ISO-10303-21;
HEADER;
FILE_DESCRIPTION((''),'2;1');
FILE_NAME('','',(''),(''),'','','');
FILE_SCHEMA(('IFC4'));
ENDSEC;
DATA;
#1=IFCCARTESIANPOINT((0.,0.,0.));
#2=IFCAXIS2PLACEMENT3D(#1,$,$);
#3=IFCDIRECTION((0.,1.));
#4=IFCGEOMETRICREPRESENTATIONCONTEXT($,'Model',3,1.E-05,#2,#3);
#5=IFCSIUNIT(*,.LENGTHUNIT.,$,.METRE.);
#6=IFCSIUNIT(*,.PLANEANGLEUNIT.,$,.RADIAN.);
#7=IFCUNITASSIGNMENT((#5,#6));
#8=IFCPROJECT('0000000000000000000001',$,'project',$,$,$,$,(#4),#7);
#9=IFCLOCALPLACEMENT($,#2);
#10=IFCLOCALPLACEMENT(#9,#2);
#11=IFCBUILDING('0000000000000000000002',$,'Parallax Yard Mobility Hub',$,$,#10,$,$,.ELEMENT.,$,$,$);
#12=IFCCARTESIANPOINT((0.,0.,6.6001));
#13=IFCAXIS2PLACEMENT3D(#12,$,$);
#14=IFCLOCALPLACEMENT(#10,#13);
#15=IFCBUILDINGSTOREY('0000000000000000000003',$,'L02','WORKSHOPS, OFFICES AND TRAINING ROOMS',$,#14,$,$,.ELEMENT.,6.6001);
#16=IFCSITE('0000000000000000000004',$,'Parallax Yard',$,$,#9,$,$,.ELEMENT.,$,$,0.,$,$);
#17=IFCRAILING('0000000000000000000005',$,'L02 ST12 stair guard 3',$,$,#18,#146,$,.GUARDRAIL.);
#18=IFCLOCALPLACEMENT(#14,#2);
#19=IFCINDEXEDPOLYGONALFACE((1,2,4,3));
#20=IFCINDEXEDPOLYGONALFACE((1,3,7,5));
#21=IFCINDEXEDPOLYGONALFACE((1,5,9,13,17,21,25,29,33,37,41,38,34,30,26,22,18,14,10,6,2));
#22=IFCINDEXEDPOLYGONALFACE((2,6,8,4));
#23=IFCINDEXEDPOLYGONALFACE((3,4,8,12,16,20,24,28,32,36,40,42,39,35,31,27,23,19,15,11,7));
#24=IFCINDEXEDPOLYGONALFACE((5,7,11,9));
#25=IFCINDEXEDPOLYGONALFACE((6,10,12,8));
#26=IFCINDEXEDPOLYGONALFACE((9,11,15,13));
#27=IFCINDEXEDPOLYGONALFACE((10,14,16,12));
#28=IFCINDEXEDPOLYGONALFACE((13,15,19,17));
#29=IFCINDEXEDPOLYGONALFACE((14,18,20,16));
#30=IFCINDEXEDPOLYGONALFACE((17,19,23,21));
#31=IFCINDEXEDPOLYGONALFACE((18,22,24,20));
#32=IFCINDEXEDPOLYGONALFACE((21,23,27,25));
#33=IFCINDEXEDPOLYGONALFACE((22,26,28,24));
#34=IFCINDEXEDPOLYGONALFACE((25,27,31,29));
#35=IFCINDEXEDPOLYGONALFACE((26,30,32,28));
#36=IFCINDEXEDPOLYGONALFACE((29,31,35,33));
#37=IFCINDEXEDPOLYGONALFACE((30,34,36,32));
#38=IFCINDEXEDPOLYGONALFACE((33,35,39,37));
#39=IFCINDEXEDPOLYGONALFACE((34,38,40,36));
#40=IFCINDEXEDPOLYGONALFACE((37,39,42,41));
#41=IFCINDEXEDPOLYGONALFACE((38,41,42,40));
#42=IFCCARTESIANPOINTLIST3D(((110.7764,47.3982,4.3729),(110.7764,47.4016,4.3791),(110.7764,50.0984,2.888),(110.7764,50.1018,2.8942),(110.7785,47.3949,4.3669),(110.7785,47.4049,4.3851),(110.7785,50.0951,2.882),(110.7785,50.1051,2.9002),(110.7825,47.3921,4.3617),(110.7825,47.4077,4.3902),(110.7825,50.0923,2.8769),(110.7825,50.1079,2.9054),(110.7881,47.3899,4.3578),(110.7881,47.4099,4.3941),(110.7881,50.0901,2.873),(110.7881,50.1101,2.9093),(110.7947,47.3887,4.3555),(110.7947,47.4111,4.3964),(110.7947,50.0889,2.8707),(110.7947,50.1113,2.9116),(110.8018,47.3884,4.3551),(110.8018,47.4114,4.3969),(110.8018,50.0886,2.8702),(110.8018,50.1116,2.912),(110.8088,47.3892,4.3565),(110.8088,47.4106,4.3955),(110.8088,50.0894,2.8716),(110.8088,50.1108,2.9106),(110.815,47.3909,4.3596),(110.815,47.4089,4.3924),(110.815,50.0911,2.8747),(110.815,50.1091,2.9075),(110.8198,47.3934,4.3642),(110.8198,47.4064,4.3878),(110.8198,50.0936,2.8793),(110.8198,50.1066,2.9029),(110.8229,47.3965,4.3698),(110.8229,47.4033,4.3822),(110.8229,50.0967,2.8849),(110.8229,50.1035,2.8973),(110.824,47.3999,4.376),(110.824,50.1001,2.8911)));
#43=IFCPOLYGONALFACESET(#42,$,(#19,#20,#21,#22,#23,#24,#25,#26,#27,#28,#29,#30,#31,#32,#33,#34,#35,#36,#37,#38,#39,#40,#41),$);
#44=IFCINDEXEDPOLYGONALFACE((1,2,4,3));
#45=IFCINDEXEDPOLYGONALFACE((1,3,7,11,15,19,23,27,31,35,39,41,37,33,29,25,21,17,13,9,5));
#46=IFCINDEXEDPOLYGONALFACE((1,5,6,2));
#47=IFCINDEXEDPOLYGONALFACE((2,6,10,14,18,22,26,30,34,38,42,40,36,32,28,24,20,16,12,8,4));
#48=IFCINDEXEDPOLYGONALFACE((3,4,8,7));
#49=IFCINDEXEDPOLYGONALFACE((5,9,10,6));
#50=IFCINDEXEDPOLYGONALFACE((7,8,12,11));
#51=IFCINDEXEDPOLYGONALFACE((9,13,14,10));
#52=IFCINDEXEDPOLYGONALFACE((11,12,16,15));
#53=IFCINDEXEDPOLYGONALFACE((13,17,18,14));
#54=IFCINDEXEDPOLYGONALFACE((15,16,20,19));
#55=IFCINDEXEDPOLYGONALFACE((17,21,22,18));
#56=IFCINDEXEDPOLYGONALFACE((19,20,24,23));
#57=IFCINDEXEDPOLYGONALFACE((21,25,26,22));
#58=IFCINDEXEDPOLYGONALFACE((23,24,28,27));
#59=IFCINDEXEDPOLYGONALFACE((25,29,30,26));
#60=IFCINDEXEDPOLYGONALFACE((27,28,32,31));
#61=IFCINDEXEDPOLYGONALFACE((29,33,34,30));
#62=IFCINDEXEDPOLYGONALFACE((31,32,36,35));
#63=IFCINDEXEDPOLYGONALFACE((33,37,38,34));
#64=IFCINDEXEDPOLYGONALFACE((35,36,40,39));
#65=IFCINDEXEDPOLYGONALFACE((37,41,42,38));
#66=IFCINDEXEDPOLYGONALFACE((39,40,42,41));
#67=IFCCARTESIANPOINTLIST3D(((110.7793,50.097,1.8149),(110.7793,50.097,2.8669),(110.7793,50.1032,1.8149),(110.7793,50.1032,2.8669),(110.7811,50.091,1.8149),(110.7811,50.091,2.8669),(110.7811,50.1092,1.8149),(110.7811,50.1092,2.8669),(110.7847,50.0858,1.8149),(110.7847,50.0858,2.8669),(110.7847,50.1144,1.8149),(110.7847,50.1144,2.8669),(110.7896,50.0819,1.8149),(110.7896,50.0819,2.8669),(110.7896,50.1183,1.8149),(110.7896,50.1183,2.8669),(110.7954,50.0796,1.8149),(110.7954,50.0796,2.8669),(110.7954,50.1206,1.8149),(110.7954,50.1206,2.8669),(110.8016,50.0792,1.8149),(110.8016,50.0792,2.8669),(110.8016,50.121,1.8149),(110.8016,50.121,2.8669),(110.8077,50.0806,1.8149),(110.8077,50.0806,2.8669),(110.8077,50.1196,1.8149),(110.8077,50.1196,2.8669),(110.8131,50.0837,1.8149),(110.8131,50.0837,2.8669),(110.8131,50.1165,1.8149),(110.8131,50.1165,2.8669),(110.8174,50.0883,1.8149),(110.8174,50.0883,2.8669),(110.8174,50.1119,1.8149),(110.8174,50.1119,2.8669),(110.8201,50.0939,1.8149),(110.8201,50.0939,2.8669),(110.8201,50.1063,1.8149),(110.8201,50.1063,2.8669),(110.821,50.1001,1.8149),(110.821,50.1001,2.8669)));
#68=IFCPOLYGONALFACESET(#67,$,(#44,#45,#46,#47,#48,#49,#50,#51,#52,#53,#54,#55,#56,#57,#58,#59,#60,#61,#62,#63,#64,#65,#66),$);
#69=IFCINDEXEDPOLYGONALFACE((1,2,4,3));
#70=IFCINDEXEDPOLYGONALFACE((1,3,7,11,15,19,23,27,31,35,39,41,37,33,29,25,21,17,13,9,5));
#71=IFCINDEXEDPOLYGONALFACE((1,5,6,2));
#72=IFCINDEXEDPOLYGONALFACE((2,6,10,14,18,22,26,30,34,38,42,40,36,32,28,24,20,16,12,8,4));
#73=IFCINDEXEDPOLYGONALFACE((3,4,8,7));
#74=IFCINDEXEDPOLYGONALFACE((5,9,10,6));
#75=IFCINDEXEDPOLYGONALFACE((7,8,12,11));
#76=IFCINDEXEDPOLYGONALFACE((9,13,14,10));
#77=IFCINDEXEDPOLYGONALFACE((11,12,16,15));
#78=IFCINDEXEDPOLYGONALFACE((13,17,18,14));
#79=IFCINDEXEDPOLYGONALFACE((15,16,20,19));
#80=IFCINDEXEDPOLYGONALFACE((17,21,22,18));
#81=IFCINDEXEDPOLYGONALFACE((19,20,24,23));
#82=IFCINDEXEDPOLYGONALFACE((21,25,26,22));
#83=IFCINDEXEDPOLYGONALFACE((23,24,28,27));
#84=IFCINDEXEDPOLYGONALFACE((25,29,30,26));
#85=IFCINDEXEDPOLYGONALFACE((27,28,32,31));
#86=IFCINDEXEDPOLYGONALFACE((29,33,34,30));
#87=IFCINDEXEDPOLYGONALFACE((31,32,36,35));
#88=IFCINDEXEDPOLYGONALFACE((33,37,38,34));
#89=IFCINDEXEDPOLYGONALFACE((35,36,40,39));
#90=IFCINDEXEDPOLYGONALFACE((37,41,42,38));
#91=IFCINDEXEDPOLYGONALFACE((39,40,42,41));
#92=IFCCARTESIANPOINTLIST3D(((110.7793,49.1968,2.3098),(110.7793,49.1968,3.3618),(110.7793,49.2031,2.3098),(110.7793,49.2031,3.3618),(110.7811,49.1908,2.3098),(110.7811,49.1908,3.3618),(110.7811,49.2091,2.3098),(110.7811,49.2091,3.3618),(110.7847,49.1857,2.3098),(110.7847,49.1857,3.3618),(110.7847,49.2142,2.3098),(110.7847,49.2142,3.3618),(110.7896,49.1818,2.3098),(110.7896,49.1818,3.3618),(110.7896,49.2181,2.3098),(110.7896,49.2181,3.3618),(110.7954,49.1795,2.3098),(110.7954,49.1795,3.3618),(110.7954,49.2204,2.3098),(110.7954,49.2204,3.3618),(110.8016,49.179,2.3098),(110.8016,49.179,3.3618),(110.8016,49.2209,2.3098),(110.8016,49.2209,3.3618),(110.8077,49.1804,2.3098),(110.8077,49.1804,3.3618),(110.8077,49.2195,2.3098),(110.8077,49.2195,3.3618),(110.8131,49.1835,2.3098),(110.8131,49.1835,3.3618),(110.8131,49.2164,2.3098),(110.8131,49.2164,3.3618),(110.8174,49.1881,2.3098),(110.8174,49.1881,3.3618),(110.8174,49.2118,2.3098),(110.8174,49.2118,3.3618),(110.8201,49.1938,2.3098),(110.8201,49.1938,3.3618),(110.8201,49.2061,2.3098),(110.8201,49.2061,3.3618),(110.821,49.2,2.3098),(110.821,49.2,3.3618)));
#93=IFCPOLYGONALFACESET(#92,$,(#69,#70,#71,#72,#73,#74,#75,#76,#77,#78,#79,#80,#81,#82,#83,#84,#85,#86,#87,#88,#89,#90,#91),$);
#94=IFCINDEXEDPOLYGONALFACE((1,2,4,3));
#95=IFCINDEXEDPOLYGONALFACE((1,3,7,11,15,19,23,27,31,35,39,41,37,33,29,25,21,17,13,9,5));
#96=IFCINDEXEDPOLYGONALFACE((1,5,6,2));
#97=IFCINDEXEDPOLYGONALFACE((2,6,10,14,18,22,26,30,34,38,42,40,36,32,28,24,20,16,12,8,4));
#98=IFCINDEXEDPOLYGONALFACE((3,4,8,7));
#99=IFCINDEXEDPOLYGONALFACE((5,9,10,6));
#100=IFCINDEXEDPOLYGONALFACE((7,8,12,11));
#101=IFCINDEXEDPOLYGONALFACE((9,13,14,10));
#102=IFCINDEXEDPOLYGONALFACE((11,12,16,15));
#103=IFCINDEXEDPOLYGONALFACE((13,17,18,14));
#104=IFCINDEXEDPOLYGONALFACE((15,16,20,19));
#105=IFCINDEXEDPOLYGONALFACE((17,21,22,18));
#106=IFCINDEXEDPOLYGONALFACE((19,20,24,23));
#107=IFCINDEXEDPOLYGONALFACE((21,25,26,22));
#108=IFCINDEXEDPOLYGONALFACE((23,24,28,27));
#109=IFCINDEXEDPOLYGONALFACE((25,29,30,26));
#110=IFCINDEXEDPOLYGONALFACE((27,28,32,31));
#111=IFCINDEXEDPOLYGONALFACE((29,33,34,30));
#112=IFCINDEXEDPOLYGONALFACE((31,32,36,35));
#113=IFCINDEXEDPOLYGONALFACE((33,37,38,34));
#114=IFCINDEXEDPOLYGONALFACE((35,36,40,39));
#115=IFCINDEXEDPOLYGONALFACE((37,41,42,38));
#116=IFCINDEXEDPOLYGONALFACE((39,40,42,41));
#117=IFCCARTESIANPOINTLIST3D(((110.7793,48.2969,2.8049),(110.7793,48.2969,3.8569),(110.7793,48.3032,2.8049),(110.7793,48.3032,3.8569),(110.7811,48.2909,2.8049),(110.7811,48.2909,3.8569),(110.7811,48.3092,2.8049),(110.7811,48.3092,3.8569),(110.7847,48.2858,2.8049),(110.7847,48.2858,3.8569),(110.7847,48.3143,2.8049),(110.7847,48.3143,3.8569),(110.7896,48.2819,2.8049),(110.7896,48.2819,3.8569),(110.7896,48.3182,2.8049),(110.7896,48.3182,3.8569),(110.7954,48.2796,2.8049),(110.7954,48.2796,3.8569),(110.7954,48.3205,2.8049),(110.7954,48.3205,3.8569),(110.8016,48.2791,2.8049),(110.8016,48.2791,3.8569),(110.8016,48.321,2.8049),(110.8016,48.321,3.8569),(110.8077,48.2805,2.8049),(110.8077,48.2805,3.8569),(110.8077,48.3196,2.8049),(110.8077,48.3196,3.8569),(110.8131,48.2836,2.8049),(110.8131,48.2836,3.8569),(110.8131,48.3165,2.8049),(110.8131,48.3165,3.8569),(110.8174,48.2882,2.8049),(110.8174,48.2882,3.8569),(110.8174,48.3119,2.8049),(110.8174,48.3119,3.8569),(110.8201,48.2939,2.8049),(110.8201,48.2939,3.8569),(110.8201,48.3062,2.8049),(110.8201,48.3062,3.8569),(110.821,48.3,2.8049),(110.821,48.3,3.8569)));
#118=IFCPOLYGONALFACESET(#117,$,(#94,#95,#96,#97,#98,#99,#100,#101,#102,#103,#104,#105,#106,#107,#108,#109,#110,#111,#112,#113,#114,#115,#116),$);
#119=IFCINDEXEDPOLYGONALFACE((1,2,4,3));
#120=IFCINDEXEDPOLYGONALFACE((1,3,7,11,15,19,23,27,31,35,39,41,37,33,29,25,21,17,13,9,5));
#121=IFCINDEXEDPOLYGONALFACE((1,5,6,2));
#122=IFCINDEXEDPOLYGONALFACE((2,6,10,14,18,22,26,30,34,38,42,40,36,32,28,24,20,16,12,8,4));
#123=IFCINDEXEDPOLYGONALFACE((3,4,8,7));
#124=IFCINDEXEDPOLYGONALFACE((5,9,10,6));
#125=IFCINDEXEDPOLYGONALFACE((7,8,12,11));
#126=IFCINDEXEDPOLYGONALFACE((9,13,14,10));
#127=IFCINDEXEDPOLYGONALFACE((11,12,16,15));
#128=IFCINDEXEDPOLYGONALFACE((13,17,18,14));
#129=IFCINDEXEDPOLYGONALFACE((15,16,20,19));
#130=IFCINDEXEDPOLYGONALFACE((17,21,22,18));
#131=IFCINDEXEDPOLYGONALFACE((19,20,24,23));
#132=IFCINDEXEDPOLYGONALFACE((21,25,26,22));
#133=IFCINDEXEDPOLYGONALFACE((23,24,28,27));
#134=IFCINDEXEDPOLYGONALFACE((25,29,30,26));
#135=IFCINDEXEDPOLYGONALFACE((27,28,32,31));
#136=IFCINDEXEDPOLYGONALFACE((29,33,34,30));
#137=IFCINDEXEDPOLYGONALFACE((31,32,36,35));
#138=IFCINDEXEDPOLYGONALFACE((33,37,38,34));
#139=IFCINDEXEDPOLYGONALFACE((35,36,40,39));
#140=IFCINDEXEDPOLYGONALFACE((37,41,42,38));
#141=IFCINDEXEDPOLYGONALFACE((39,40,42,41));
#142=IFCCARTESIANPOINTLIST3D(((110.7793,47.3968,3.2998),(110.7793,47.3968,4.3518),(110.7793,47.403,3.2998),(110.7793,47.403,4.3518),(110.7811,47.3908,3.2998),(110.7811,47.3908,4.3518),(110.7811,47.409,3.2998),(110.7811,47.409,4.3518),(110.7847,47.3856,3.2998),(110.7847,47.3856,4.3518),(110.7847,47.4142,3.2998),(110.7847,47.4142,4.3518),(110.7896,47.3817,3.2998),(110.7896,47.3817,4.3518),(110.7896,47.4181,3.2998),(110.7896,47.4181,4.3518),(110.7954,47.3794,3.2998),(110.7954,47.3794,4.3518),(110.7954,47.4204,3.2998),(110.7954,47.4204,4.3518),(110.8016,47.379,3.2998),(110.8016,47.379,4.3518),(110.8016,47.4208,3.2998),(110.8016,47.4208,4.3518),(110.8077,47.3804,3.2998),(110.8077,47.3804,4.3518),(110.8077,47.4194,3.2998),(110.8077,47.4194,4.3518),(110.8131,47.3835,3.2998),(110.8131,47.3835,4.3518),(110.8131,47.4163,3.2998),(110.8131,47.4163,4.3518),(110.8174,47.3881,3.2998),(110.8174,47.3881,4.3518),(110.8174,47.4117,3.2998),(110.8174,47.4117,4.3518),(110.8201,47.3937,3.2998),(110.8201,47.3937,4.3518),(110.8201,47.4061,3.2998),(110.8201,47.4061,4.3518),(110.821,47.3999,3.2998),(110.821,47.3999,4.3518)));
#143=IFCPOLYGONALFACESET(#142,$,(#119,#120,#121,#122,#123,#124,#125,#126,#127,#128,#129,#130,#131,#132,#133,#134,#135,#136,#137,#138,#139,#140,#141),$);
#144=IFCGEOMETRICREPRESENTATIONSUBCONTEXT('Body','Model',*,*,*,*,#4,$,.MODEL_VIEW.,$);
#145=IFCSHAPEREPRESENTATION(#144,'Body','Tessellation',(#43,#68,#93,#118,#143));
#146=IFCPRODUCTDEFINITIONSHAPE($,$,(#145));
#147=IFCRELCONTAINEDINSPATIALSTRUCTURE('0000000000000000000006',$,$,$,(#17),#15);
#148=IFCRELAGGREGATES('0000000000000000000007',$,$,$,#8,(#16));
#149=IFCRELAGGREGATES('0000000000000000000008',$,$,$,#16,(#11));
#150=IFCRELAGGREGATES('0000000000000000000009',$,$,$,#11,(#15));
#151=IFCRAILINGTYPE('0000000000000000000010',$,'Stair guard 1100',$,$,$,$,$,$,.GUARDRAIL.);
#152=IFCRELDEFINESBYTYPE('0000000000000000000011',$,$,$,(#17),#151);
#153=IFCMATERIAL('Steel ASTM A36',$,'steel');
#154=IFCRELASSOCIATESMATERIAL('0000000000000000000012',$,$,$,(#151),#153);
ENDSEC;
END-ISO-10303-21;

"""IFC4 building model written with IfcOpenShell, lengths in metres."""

from ifc_helpers import new_model, si_unit, direction, frame, origin, origin_2d, place, context, subcontext, project, spatial, circle, extrude, material, type_object, element, save


model = new_model("IFC4")

# Units and contexts
model_context = context("Model", 3, precision=1e-05, world=origin(), true_north=direction((0.0, 1.0)))
body_context = subcontext(model_context, "Body", "Model", "MODEL_VIEW")
ifc_project = project(units=[si_unit("LENGTHUNIT", "METRE"), si_unit("PLANEANGLEUNIT", "RADIAN")], contexts=[model_context])

# Site, building, storey
site_placement = place(None, origin())
site = spatial("IfcSite", under=ifc_project, at=site_placement, Name="Parallax Yard", CompositionType="ELEMENT", RefElevation=0.0)
building_placement = place(site_placement, origin())
building = spatial("IfcBuilding", under=site, at=building_placement, Name="Parallax Yard Mobility Hub", CompositionType="ELEMENT")
storey_placement = place(building_placement, frame((0.0, 0.0, 6.6001)))
storey = spatial("IfcBuildingStorey", under=building, at=storey_placement, Name="L02", Description="WORKSHOPS, OFFICES AND TRAINING ROOMS", CompositionType="ELEMENT", Elevation=6.6001)

# Railing
ifc_material_1 = material(Name="Steel ASTM A36", Category="steel")
railing_type_1 = type_object("IfcRailingType", Name="Stair guard 1100", PredefinedType="GUARDRAIL", material=ifc_material_1)
railing_1_placement = place(storey_placement, frame((110.8, 50.1001, 1.8149)))
element("IfcRailing", 1, at=railing_1_placement, inside=storey, type_object=railing_type_1, Name="L02 ST12 stair guard 3", PredefinedType="GUARDRAIL", context=body_context, shape_type="SweptSolid", body=[
    extrude(circle(Radius=0.0239, at=origin_2d()), frame((0.0, 0.0, 1.0762), z_axis=(0.0, -0.876249, 0.481858), x_axis=(1.0, 0.0, 0.0)), (0.0, 0.0, 1.0), 3.0815),
    extrude(circle(Radius=0.021, at=origin_2d()), origin(), (0.0, 0.0, 1.0), 1.052),
    extrude(circle(Radius=0.021, at=origin_2d()), frame((0.0, -0.9001, 0.4949)), (0.0, 0.0, 1.0), 1.052),
    extrude(circle(Radius=0.021, at=origin_2d()), frame((0.0, -1.8, 0.99)), (0.0, 0.0, 1.0), 1.052),
    extrude(circle(Radius=0.021, at=origin_2d()), frame((0.0, -2.7002, 1.4849)), (0.0, 0.0, 1.0), 1.052),
])

save(model, "model.ifc")
